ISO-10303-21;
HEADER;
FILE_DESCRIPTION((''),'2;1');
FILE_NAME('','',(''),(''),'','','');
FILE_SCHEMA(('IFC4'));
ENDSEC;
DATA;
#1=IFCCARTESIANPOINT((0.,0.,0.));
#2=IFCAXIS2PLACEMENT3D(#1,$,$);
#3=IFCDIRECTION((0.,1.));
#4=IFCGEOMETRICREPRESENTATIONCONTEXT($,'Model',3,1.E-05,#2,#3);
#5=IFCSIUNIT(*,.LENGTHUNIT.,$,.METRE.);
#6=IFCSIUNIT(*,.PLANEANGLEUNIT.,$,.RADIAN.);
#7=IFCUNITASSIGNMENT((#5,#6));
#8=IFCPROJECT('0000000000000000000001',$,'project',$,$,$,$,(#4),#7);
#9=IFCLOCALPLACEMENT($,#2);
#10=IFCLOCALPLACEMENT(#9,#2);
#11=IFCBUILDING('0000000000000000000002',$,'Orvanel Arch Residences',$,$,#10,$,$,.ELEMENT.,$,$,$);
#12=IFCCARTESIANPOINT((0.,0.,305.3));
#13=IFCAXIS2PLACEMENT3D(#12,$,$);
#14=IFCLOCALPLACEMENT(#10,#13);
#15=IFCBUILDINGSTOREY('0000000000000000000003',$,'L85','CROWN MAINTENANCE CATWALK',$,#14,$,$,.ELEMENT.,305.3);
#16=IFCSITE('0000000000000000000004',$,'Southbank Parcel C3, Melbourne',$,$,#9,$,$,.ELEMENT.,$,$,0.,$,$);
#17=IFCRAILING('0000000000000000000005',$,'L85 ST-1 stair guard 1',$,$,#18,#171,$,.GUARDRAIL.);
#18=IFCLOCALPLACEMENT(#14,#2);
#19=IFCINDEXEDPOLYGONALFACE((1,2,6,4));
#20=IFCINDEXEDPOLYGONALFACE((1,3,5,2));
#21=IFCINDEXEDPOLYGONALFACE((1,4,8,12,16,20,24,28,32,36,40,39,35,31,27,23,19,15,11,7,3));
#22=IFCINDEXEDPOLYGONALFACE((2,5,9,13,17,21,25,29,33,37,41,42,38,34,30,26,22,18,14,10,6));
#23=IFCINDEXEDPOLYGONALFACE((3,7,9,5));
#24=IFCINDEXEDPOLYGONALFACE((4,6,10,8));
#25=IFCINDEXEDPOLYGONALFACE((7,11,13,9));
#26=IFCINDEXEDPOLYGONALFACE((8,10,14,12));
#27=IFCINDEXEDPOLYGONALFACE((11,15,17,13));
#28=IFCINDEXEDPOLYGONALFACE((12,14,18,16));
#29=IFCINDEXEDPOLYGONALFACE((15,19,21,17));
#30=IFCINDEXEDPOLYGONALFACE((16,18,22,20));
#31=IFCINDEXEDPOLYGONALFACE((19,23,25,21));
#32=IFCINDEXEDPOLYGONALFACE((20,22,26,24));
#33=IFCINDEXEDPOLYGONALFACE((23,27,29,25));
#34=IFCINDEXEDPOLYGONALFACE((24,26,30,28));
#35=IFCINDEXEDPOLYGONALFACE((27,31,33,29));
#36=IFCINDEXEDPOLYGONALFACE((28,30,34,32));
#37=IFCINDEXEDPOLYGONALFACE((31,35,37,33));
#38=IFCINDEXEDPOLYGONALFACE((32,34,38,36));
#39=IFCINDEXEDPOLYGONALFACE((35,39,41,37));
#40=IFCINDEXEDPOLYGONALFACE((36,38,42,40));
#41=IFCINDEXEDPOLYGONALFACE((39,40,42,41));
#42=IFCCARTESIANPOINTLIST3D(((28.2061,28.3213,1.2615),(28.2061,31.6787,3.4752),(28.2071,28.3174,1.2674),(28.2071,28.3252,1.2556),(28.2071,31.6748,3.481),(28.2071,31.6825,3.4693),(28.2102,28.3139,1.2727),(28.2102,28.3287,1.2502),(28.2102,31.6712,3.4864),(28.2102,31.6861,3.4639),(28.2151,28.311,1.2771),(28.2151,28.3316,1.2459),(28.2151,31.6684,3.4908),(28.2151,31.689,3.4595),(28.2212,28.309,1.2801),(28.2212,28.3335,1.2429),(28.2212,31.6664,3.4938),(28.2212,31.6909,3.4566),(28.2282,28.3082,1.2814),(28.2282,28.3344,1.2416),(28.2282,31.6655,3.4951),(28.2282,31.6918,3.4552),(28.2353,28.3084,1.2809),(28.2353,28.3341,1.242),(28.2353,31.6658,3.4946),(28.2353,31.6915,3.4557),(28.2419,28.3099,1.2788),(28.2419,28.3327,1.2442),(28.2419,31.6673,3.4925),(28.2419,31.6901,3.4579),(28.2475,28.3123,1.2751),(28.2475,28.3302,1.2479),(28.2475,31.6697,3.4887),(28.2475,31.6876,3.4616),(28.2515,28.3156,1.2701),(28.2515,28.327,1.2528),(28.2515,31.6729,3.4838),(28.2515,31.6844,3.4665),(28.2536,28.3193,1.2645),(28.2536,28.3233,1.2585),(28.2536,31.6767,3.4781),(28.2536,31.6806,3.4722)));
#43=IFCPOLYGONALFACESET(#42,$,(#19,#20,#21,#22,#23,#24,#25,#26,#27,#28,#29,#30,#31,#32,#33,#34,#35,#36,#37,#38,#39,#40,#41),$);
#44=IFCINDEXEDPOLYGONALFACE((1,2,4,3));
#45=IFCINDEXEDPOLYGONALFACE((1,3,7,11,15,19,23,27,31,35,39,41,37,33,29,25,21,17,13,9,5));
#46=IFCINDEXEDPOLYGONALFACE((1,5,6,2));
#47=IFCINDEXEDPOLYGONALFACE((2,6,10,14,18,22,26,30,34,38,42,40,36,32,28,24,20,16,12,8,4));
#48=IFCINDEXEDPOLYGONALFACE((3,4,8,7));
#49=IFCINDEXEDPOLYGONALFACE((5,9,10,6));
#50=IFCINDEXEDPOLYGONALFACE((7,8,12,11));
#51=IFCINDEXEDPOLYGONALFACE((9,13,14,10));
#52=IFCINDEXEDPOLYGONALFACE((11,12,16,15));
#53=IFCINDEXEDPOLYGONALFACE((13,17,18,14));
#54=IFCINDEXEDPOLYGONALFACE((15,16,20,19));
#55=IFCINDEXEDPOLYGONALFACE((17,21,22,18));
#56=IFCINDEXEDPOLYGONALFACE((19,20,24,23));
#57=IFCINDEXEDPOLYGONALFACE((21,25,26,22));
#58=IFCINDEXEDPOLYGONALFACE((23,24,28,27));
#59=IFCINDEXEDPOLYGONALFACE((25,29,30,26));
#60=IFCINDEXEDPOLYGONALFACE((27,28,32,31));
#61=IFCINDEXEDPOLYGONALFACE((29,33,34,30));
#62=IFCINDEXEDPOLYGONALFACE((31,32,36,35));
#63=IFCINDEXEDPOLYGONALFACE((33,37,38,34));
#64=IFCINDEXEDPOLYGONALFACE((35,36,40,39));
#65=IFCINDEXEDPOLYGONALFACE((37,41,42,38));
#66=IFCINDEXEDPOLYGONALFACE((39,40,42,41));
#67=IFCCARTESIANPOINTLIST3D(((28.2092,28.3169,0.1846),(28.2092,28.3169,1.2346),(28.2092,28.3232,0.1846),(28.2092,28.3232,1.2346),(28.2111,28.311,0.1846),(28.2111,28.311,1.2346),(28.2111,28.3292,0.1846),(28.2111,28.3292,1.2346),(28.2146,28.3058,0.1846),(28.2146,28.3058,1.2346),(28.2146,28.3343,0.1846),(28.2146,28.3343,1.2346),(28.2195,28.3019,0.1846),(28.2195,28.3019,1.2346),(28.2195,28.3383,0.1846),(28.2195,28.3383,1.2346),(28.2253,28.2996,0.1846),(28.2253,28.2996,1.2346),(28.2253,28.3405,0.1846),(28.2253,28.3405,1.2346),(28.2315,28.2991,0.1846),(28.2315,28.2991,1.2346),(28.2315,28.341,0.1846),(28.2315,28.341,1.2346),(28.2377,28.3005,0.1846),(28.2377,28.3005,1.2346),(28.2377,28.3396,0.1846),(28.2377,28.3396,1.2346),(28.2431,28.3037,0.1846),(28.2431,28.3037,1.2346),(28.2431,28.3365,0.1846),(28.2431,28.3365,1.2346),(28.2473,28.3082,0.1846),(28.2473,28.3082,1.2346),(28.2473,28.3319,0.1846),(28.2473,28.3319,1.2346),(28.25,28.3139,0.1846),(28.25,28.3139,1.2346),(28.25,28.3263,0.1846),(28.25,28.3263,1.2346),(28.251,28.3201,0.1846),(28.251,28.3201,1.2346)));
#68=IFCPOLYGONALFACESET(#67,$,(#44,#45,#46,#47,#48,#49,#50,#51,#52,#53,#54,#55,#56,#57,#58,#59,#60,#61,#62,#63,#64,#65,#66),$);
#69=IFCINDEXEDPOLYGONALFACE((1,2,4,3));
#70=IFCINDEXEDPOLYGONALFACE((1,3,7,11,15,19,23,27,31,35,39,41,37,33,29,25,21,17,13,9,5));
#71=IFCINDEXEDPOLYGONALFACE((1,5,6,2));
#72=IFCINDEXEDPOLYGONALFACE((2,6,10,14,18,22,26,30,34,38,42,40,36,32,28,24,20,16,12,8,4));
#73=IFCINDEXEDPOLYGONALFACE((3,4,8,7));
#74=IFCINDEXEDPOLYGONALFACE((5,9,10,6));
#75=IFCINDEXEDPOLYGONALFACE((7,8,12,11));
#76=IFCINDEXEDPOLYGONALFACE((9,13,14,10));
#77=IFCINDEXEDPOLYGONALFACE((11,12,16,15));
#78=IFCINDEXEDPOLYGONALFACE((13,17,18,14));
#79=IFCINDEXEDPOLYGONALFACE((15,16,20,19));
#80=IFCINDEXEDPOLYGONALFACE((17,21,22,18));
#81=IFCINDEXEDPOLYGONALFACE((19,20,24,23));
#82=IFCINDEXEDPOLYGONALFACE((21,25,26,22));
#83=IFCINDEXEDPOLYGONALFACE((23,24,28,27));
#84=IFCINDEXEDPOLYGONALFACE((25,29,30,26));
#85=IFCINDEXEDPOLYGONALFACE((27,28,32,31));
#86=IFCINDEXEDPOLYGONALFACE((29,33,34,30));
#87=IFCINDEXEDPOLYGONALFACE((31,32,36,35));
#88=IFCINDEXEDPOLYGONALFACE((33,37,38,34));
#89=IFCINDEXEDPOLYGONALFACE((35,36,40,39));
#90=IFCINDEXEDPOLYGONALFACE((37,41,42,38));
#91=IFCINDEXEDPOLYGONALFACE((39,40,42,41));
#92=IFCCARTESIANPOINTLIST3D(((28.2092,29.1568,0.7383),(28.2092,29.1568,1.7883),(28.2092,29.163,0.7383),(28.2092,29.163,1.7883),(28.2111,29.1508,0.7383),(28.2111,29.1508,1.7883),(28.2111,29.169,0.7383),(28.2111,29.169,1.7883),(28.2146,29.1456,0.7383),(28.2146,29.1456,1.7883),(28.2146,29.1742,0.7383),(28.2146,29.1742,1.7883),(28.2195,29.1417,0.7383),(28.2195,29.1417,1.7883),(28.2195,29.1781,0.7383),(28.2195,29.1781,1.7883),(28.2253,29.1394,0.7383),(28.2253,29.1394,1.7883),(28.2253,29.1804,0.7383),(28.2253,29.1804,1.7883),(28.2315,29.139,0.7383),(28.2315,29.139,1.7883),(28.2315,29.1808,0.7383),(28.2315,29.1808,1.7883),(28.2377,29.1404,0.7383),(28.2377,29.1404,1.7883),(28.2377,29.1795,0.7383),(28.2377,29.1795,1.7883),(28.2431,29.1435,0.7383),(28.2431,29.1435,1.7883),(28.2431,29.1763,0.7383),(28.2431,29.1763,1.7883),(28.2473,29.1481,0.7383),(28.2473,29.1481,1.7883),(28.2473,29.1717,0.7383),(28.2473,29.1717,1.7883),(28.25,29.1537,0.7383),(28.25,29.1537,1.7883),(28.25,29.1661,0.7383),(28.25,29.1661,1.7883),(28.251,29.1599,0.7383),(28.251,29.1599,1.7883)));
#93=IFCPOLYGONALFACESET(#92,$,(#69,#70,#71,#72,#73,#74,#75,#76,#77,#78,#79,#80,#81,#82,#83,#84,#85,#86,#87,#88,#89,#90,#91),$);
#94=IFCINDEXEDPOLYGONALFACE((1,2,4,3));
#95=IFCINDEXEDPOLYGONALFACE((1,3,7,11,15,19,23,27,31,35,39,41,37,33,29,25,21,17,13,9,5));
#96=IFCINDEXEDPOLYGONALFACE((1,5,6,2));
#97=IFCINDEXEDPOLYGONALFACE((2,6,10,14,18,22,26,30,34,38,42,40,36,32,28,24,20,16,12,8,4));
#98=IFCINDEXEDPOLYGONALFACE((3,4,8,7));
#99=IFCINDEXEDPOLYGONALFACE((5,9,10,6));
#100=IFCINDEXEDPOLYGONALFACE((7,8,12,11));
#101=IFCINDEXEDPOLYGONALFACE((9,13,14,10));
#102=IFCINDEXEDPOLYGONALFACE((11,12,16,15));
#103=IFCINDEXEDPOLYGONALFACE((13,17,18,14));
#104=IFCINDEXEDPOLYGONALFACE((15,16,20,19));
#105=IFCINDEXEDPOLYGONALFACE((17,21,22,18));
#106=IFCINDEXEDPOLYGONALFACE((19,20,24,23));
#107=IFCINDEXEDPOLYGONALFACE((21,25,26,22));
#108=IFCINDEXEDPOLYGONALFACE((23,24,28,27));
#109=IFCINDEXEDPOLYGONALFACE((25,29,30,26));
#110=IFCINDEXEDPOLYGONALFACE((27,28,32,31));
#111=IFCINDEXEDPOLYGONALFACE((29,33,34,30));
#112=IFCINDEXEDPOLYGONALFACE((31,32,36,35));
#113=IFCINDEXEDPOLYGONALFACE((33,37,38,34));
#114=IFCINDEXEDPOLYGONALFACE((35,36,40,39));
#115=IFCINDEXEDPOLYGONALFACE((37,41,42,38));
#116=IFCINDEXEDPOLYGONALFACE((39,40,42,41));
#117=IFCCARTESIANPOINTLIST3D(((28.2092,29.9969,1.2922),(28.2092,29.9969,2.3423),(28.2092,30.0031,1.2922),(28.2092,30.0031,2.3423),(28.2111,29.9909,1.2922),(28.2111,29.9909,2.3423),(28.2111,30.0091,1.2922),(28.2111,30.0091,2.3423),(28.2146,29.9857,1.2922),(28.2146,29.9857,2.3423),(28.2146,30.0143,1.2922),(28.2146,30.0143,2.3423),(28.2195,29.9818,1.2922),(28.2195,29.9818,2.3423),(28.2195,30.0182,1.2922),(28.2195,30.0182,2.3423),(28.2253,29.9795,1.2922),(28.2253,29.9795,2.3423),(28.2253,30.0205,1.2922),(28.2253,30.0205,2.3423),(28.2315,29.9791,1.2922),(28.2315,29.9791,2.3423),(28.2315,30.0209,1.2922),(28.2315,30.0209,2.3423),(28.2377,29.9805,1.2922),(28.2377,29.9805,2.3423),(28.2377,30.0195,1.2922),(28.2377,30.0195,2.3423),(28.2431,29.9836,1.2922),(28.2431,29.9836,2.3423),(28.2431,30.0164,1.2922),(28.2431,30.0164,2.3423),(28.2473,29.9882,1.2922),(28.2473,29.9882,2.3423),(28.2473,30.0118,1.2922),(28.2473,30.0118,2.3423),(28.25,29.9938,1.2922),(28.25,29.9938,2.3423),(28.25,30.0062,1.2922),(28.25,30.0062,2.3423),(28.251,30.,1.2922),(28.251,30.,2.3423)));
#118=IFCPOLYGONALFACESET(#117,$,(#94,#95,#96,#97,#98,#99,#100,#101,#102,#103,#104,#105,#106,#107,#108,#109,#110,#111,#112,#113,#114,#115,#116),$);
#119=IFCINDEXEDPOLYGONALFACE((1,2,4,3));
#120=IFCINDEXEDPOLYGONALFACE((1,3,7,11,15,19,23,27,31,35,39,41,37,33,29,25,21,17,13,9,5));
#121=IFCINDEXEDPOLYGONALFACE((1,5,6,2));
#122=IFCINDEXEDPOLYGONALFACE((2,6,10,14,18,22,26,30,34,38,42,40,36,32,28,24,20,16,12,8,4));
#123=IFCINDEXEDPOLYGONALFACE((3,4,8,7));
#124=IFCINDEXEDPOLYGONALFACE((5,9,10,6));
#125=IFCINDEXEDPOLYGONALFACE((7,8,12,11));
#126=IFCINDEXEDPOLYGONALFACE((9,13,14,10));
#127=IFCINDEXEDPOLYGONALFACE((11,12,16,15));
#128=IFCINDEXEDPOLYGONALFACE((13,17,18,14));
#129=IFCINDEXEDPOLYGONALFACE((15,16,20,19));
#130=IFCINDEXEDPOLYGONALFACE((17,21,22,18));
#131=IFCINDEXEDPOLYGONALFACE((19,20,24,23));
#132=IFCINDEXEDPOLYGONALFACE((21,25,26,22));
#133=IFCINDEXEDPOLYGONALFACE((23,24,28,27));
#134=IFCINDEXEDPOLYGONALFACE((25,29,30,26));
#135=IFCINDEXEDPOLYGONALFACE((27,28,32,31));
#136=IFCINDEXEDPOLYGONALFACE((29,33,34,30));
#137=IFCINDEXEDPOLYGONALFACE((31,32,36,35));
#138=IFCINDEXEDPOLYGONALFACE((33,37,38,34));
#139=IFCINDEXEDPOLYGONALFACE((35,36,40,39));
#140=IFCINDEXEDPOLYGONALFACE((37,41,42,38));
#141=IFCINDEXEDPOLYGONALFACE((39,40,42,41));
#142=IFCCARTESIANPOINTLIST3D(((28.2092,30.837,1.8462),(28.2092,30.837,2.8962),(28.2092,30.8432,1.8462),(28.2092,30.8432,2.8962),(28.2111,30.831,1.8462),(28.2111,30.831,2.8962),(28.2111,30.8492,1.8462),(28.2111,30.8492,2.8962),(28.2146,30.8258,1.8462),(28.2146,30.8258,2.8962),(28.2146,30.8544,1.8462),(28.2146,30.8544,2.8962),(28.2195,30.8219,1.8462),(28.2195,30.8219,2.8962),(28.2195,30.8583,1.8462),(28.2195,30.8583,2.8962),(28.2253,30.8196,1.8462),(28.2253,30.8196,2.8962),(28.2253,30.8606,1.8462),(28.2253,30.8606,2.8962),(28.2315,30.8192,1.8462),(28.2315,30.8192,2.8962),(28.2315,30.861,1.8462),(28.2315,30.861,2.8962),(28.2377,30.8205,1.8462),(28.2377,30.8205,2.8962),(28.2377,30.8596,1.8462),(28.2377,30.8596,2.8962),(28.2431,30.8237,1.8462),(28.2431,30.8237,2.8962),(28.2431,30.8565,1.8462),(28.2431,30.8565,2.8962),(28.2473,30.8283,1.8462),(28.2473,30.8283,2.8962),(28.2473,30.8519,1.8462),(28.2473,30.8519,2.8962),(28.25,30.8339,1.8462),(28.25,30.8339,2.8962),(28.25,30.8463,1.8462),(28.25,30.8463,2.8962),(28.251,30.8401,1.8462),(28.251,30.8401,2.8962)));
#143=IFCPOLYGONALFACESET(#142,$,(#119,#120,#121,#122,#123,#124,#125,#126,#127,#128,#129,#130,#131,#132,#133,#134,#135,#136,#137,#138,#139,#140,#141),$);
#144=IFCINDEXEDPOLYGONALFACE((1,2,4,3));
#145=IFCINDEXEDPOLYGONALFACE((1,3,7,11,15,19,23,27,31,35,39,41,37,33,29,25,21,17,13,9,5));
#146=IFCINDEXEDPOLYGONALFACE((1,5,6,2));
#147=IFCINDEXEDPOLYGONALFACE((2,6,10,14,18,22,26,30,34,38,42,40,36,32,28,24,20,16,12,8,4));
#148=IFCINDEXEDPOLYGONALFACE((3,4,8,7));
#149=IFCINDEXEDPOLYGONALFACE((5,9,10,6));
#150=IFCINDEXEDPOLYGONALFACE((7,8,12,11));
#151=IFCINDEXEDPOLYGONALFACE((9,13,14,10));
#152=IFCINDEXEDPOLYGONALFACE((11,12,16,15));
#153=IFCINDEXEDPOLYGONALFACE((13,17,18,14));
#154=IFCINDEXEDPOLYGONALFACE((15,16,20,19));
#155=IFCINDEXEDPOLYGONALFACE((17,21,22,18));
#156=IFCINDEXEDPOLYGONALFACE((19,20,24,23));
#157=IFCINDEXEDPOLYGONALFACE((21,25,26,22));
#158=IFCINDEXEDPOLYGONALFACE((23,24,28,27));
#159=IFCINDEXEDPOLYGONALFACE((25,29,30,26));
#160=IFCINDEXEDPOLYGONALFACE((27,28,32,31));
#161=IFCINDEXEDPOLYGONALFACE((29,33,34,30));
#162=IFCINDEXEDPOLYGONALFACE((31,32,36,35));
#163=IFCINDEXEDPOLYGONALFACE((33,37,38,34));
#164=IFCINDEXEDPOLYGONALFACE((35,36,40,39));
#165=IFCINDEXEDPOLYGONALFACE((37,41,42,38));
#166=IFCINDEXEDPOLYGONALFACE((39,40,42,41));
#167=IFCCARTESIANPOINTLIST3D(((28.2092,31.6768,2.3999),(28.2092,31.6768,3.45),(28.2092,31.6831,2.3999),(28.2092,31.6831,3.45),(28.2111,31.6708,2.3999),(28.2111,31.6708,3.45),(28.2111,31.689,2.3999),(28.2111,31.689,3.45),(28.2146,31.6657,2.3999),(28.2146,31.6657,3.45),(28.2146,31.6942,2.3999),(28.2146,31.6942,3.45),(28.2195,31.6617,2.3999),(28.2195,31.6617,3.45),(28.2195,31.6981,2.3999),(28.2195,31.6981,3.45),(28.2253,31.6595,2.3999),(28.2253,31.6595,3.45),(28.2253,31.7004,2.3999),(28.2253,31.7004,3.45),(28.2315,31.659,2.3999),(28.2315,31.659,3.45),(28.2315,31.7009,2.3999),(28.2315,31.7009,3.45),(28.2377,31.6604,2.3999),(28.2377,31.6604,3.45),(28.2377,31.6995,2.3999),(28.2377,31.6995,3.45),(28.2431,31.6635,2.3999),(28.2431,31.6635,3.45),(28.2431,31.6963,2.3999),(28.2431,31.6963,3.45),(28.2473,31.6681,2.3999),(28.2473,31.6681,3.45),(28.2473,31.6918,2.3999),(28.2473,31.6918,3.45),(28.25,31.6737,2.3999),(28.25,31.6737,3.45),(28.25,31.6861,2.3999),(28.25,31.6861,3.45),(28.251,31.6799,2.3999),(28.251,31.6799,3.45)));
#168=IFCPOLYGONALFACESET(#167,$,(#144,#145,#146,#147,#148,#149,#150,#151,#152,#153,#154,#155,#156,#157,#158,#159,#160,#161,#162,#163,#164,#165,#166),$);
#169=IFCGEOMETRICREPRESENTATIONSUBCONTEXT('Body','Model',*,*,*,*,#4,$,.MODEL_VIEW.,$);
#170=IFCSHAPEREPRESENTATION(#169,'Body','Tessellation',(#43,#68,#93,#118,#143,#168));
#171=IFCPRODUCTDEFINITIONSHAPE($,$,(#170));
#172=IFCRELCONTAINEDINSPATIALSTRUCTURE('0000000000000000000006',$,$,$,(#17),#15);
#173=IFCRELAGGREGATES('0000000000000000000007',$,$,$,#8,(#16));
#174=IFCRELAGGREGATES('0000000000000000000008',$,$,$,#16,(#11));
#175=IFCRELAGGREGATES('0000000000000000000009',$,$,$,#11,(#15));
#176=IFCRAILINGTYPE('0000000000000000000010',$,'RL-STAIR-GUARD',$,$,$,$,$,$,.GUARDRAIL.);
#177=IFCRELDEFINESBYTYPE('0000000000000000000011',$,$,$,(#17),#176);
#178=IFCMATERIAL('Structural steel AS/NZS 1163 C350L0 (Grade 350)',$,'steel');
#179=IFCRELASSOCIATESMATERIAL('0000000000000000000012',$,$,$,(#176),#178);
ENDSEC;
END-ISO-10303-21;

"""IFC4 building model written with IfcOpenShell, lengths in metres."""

from ifc_helpers import new_model, si_unit, direction, frame, origin, origin_2d, place, context, subcontext, project, spatial, circle, extrude, material, type_object, element, save


model = new_model("IFC4")

# Units and contexts
model_context = context("Model", 3, precision=1e-05, world=origin(), true_north=direction((0.0, 1.0)))
body_context = subcontext(model_context, "Body", "Model", "MODEL_VIEW")
ifc_project = project(units=[si_unit("LENGTHUNIT", "METRE"), si_unit("PLANEANGLEUNIT", "RADIAN")], contexts=[model_context])

# Site, building, storey
site_placement = place(None, origin())
site = spatial("IfcSite", under=ifc_project, at=site_placement, Name="Southbank Parcel C3, Melbourne", CompositionType="ELEMENT", RefElevation=0.0)
building_placement = place(site_placement, origin())
building = spatial("IfcBuilding", under=site, at=building_placement, Name="Orvanel Arch Residences", CompositionType="ELEMENT")
storey_placement = place(building_placement, frame((0.0, 0.0, 305.3)))
storey = spatial("IfcBuildingStorey", under=building, at=storey_placement, Name="L85", Description="CROWN MAINTENANCE CATWALK", CompositionType="ELEMENT", Elevation=305.3)

# Shared definitions
ifc_material_1 = material(Name="Structural steel AS/NZS 1163 C350L0 (Grade 350)", Category="steel")

# Railing
railing_type_1 = type_object("IfcRailingType", Name="RL-STAIR-GUARD", PredefinedType="GUARDRAIL", material=ifc_material_1)
railing_1_placement = place(storey_placement, frame((28.23, 28.3201, 0.1846)))
element("IfcRailing", 1, at=railing_1_placement, inside=storey, type_object=railing_type_1, Name="L85 ST-1 stair guard 1", PredefinedType="GUARDRAIL", context=body_context, shape_type="SweptSolid", body=[
    extrude(circle(Radius=0.0239, at=origin_2d()), frame((0.0, 0.0012, 1.0769), z_axis=(0.0, 0.834858, 0.550465), x_axis=(-1.0, 0.0, 0.0)), (0.0, 0.0, 1.0), 4.0215),
    extrude(circle(Radius=0.021, at=origin_2d()), origin(), (0.0, 0.0, 1.0), 1.05),
    extrude(circle(Radius=0.021, at=origin_2d()), frame((0.0, 0.8398, 0.5537)), (0.0, 0.0, 1.0), 1.05),
    extrude(circle(Radius=0.021, at=origin_2d()), frame((0.0, 1.6799, 1.1077)), (0.0, 0.0, 1.0), 1.05),
    extrude(circle(Radius=0.021, at=origin_2d()), frame((0.0, 2.52, 1.6616)), (0.0, 0.0, 1.0), 1.05),
    extrude(circle(Radius=0.021, at=origin_2d()), frame((0.0, 3.3599, 2.2153)), (0.0, 0.0, 1.0), 1.05),
])

save(model, "model.ifc")
